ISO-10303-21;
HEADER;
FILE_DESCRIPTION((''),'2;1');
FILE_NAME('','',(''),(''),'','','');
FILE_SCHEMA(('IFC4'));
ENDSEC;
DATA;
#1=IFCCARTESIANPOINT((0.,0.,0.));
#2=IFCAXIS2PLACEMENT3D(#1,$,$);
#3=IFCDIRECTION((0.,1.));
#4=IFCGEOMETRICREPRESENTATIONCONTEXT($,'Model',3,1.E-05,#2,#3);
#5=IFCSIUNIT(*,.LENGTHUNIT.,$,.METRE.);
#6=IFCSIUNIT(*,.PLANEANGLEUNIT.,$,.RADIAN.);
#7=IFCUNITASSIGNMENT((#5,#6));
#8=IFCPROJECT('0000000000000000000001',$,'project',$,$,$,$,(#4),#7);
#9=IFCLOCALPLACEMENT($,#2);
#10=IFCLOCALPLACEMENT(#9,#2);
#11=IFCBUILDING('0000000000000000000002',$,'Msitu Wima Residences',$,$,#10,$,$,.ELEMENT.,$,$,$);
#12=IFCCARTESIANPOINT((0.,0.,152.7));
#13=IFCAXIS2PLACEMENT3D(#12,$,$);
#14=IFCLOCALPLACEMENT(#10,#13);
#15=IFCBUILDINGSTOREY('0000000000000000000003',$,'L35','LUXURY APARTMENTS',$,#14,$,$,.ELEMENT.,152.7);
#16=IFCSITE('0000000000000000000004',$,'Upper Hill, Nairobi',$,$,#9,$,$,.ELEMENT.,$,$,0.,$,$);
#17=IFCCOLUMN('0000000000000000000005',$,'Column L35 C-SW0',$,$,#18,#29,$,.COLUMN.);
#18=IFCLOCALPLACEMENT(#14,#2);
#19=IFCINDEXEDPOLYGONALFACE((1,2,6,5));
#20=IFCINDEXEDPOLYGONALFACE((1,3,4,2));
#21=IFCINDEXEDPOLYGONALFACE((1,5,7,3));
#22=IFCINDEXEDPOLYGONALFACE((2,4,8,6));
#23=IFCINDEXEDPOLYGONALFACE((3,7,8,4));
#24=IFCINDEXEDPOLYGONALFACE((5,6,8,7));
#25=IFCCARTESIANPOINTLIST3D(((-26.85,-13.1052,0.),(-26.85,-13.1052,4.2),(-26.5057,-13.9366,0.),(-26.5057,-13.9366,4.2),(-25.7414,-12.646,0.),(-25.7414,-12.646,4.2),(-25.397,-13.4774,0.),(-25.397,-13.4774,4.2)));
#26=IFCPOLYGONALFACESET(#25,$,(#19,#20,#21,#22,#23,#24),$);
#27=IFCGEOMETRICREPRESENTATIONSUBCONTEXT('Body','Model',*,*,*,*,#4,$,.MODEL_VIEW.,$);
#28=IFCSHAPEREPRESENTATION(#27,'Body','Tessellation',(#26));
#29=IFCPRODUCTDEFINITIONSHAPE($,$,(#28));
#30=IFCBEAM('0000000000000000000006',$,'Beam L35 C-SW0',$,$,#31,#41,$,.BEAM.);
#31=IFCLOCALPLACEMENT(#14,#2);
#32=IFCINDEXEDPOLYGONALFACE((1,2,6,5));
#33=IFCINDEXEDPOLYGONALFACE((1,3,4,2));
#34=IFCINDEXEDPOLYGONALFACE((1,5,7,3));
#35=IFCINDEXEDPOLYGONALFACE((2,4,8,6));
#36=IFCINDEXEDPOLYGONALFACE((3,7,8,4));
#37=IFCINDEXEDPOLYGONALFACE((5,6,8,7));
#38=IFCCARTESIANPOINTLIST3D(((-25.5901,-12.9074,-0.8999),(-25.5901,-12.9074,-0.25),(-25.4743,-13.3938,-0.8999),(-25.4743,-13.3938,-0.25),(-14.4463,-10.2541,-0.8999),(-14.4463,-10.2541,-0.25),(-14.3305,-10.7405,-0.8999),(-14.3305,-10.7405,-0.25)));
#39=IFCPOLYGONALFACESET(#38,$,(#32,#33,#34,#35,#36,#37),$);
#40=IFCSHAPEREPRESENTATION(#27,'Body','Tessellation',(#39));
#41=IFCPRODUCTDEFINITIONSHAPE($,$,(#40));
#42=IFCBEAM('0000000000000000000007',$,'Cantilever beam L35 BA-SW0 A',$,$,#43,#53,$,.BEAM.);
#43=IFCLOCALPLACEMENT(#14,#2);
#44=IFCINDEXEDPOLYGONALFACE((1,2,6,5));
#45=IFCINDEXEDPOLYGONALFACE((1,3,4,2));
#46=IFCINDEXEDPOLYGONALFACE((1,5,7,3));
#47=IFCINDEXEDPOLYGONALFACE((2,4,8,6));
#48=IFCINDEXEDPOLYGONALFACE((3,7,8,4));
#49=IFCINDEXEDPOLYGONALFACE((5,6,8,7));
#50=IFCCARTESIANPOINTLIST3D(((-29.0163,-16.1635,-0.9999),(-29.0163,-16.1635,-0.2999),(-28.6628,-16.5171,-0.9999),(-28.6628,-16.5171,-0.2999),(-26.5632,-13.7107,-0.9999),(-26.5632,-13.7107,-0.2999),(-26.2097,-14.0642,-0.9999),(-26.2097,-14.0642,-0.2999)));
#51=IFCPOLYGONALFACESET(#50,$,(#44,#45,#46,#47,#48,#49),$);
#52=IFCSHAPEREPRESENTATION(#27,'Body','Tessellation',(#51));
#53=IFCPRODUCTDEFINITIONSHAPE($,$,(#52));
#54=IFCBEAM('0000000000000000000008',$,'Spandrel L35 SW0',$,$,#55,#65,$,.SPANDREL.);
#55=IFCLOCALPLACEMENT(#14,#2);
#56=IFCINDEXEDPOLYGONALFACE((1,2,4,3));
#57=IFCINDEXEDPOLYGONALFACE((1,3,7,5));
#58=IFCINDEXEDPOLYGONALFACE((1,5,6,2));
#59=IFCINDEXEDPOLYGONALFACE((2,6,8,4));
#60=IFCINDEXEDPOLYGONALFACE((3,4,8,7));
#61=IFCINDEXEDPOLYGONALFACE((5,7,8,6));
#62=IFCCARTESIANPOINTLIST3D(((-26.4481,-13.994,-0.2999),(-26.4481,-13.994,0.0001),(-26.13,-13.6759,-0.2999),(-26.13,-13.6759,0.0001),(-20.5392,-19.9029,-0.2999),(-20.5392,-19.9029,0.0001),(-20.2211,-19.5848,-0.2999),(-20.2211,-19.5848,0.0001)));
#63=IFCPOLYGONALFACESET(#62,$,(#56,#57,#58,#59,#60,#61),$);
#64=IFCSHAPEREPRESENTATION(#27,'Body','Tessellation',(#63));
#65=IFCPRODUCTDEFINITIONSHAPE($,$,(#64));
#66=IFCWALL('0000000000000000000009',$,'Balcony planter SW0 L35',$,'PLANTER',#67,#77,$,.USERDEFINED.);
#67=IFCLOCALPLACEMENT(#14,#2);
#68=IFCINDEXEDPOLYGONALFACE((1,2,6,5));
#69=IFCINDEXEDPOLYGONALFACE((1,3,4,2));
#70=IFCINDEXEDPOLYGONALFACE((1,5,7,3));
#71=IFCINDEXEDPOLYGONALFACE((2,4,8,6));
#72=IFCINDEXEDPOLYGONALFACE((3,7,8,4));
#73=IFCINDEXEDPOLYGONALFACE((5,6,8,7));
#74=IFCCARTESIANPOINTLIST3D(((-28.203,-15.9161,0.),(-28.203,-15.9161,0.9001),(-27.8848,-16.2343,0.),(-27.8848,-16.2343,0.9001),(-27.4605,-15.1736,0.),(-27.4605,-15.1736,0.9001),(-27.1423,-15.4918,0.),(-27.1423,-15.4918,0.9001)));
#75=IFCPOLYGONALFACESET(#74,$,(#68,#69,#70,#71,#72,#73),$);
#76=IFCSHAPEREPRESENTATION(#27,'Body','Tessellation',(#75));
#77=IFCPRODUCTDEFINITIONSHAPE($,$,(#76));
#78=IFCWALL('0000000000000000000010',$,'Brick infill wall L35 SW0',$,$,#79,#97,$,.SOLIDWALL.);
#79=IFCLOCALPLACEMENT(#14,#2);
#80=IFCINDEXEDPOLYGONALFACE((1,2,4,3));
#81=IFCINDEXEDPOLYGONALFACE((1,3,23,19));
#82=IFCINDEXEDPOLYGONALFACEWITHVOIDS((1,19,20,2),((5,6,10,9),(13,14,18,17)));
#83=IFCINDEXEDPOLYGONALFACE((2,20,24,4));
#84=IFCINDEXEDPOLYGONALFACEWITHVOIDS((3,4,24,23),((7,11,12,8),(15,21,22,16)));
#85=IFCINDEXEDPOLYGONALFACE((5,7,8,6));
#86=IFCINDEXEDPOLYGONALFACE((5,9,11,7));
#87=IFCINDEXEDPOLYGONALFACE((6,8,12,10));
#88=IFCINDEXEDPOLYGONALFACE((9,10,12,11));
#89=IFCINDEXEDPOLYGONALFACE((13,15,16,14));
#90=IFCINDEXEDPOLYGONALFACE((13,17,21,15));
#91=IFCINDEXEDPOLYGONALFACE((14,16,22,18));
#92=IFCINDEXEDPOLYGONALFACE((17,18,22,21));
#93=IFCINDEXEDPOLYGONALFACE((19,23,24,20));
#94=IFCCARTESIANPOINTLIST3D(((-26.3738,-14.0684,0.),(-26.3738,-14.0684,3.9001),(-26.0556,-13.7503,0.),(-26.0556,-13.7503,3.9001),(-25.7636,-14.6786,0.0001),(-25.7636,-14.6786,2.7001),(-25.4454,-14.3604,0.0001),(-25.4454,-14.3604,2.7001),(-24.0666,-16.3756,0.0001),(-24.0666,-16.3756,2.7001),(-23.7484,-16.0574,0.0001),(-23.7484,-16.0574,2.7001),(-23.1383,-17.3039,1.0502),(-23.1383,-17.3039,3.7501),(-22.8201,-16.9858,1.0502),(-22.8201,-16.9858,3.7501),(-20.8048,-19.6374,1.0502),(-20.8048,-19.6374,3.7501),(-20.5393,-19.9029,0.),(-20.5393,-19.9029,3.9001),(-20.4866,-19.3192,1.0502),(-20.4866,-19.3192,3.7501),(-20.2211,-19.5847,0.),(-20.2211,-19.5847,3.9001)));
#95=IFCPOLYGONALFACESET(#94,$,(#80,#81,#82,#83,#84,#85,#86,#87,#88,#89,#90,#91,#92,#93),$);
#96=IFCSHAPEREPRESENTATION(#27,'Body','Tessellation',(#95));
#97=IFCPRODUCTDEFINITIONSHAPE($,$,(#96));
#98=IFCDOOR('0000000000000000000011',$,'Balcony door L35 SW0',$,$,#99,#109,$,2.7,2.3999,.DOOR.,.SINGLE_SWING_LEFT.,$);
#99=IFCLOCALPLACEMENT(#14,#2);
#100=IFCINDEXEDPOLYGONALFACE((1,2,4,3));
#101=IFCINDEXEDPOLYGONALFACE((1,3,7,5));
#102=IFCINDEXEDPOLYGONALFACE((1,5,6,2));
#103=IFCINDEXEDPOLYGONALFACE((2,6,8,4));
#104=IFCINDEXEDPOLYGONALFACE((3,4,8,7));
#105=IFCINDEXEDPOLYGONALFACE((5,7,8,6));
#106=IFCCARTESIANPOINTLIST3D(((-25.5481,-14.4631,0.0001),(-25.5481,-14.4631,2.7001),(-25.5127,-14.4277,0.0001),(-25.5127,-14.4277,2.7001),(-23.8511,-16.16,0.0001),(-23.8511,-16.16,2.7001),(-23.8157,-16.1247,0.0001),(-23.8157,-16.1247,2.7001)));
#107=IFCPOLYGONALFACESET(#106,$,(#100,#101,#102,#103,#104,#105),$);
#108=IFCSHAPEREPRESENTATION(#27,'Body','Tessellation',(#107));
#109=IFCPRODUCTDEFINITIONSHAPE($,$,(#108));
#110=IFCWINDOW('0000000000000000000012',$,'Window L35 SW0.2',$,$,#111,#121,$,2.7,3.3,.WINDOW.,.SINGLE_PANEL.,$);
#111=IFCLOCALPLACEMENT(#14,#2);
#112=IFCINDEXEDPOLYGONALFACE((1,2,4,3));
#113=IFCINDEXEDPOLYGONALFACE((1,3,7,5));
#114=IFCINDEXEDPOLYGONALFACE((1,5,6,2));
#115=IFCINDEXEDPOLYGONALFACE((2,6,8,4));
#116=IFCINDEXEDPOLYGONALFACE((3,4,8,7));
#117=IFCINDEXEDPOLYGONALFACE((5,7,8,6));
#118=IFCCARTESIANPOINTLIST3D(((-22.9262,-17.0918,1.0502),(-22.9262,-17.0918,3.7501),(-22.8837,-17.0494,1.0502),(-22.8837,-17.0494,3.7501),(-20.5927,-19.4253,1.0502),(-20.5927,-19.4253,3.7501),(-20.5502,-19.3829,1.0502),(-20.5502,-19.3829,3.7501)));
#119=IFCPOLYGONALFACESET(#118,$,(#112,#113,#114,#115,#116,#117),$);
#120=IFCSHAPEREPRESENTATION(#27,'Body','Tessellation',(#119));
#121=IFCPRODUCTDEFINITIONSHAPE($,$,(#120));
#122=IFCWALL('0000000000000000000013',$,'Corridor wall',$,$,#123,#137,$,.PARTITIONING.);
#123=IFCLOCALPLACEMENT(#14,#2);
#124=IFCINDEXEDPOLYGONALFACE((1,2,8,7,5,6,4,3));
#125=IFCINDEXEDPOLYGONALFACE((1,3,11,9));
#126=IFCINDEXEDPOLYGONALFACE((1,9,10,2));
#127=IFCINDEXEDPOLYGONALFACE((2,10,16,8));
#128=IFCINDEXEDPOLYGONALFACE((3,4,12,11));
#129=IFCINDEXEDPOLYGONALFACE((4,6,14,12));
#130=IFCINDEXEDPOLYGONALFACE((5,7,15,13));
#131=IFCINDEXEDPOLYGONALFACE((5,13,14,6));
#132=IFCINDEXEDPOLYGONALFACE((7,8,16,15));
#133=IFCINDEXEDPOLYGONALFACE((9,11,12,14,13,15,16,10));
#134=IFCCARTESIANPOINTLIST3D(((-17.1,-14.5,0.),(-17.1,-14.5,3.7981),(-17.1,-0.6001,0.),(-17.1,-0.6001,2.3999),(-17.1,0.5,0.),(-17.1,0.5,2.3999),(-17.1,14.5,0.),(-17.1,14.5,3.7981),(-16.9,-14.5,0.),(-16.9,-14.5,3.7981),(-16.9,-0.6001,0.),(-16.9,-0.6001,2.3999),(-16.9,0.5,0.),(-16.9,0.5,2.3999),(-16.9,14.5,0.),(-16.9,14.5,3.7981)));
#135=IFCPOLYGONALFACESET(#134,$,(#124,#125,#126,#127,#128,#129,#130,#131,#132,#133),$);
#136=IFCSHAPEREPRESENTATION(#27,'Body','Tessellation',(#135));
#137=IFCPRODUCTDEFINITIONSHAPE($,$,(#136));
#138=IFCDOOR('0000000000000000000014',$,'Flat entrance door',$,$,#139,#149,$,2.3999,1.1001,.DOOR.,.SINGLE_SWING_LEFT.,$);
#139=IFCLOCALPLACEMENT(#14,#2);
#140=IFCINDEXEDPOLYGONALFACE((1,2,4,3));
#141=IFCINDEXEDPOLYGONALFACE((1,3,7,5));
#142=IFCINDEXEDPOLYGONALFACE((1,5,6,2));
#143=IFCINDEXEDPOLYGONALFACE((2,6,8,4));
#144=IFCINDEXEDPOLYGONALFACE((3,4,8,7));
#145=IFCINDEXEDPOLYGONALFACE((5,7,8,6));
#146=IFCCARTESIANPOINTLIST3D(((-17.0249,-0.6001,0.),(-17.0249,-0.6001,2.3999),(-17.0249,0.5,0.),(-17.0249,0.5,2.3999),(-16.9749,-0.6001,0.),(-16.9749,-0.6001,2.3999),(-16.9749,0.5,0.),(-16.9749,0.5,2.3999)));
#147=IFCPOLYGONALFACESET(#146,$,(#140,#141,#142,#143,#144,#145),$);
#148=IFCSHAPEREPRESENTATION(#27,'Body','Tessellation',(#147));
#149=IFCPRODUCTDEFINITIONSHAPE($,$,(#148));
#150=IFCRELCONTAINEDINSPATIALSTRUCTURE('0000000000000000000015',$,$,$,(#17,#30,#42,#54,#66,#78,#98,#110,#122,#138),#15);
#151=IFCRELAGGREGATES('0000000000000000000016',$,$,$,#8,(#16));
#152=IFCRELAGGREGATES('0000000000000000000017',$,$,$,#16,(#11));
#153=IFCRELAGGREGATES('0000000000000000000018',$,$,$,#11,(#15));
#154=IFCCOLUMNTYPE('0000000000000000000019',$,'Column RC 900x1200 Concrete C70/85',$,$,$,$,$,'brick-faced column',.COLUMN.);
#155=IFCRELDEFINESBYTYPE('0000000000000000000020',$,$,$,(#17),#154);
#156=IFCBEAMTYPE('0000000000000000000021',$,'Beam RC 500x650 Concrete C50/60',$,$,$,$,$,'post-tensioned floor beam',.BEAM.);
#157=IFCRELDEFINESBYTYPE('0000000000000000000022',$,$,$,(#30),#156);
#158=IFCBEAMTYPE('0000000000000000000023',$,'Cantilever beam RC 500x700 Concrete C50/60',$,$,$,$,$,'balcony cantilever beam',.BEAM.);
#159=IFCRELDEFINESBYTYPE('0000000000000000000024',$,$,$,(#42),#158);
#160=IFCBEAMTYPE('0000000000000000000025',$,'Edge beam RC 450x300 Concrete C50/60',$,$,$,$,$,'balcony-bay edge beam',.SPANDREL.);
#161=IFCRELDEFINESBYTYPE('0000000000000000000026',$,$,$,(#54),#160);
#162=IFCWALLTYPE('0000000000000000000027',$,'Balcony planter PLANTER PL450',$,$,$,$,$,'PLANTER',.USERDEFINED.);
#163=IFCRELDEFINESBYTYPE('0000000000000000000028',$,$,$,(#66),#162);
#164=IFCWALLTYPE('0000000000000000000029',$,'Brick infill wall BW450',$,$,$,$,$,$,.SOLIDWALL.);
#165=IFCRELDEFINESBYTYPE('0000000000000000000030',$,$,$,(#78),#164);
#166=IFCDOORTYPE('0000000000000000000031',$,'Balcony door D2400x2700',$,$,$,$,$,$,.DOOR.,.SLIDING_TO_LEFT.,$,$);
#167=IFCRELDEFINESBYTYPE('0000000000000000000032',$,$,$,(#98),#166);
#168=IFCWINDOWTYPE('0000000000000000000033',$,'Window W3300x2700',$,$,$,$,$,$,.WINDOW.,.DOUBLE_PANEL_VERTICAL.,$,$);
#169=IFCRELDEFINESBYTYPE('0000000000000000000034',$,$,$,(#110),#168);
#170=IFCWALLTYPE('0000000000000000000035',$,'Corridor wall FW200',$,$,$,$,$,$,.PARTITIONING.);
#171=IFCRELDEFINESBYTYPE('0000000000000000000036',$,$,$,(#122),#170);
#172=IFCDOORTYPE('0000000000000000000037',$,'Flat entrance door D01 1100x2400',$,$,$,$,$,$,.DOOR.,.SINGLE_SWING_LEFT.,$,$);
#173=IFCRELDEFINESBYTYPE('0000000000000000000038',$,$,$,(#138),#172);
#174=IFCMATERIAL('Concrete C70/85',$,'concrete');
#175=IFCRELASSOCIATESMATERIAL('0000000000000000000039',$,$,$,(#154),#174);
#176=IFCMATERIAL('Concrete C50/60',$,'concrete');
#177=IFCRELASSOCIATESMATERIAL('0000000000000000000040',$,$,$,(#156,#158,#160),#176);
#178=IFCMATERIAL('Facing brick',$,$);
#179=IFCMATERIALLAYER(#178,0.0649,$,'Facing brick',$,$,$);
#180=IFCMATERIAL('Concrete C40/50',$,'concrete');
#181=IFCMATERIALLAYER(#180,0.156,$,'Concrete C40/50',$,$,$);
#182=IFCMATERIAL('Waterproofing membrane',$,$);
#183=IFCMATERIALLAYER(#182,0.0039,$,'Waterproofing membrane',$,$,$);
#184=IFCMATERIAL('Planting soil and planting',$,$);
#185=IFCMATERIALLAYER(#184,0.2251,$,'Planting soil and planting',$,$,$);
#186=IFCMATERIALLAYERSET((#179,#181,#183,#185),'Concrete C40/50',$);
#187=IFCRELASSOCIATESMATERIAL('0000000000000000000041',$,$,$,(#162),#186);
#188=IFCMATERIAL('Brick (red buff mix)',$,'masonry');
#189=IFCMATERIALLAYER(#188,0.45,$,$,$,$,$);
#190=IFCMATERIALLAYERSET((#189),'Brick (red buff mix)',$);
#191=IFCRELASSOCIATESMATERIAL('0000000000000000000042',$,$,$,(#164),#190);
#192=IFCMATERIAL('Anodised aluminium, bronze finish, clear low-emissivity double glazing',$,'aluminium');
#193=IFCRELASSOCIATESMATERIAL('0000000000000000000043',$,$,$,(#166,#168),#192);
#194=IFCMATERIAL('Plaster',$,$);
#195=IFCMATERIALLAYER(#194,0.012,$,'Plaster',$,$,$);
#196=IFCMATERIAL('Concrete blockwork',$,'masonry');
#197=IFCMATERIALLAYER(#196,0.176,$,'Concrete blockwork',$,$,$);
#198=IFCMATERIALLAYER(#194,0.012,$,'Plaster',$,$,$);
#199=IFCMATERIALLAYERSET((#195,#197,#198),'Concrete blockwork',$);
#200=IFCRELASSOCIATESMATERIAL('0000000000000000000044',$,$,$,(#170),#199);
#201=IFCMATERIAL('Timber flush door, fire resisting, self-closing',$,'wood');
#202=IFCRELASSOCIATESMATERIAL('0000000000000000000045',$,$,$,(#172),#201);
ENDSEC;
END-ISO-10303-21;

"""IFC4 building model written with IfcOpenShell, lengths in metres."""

from ifc_helpers import new_model, si_unit, direction, frame, frame_2d, origin, origin_2d, place, context, subcontext, project, spatial, rectangle, extrude, material, layer, layer_set, material_profile, profile_set, type_object, element, fill, save


model = new_model("IFC4")

# Units and contexts
model_context = context("Model", 3, precision=1e-05, world=origin(), true_north=direction((0.0, 1.0)))
body_context = subcontext(model_context, "Body", "Model", "MODEL_VIEW")
ifc_project = project(units=[si_unit("LENGTHUNIT", "METRE"), si_unit("PLANEANGLEUNIT", "RADIAN")], contexts=[model_context])

# Site, building, storey
site_placement = place(None, origin())
site = spatial("IfcSite", under=ifc_project, at=site_placement, Name="Upper Hill, Nairobi", CompositionType="ELEMENT", RefElevation=0.0)
building_placement = place(site_placement, origin())
building = spatial("IfcBuilding", under=site, at=building_placement, Name="Msitu Wima Residences", CompositionType="ELEMENT")
storey_placement = place(building_placement, frame((0.0, 0.0, 152.7)))
storey = spatial("IfcBuildingStorey", under=building, at=storey_placement, Name="L35", Description="LUXURY APARTMENTS", CompositionType="ELEMENT", Elevation=152.7)

# Column
ifc_material_1 = material(Name="Concrete C70/85", Category="concrete")
ifc_material_profile_1 = material_profile(ifc_material_1, rectangle(XDim=0.8999, YDim=1.2, at=origin_2d()), Name="RC 900x1200")
ifc_profile_set_1 = profile_set([ifc_material_profile_1], Name="Concrete C70/85")
column_type = type_object("IfcColumnType", Name="Column RC 900x1200 Concrete C70/85", ElementType="brick-faced column", PredefinedType="COLUMN", material=ifc_profile_set_1)
column_placement = place(storey_placement, frame((-26.1235, -13.2913, 0.0), z_axis=(0.0, 0.0, 1.0), x_axis=(0.382683, -0.92388, 0.0)))
element("IfcColumn", 1, at=column_placement, inside=storey, type_object=column_type, Name="Column L35 C-SW0", PredefinedType="COLUMN", context=body_context, shape_type="SweptSolid", body=[
    extrude(rectangle(XDim=0.8999, YDim=1.2, at=origin_2d()), origin(), (0.0, 0.0, 1.0), 4.2),
])

# Beams
ifc_material_2 = material(Name="Concrete C50/60", Category="concrete")
ifc_material_profile_2 = material_profile(ifc_material_2, rectangle(XDim=0.5, YDim=0.6499, at=origin_2d()), Name="RC 500x650")
ifc_profile_set_2 = profile_set([ifc_material_profile_2], Name="Concrete C50/60")
beam_type_1 = type_object("IfcBeamType", Name="Beam RC 500x650 Concrete C50/60", ElementType="post-tensioned floor beam", PredefinedType="BEAM", material=ifc_profile_set_2)
beam_1_placement = place(storey_placement, frame((-25.5322, -13.1506, -0.575), z_axis=(0.972806, 0.231623, 0.0), x_axis=(-0.231623, 0.972806, 0.0)))
element("IfcBeam", 2, at=beam_1_placement, inside=storey, type_object=beam_type_1, Name="Beam L35 C-SW0", PredefinedType="BEAM", context=body_context, shape_type="SweptSolid", body=[
    extrude(rectangle(XDim=0.5, YDim=0.6499, at=origin_2d()), origin(), (0.0, 0.0, 1.0), 11.4553),
])
ifc_material_profile_3 = material_profile(ifc_material_2, rectangle(XDim=0.5, YDim=0.7, at=origin_2d()), Name="RC 500x700")
ifc_profile_set_3 = profile_set([ifc_material_profile_3], Name="Concrete C50/60")
beam_type_2 = type_object("IfcBeamType", Name="Cantilever beam RC 500x700 Concrete C50/60", ElementType="balcony cantilever beam", PredefinedType="BEAM", material=ifc_profile_set_3)
beam_2_placement = place(storey_placement, frame((-26.3865, -13.8875, -0.6499), z_axis=(-0.707142, -0.707072, 0.0), x_axis=(0.707072, -0.707142, 0.0)))
element("IfcBeam", 3, at=beam_2_placement, inside=storey, type_object=beam_type_2, Name="Cantilever beam L35 BA-SW0 A", PredefinedType="BEAM", context=body_context, shape_type="SweptSolid", body=[
    extrude(rectangle(XDim=0.5, YDim=0.7, at=origin_2d()), origin(), (0.0, 0.0, 1.0), 3.469),
])
ifc_material_profile_4 = material_profile(ifc_material_2, rectangle(XDim=0.45, YDim=0.3, at=origin_2d()), Name="RC 450x300")
ifc_profile_set_4 = profile_set([ifc_material_profile_4], Name="Concrete C50/60")
beam_type_3 = type_object("IfcBeamType", Name="Edge beam RC 450x300 Concrete C50/60", ElementType="balcony-bay edge beam", PredefinedType="SPANDREL", material=ifc_profile_set_4)
beam_3_placement = place(storey_placement, frame((-26.2891, -13.835, -0.1499), z_axis=(0.707107, -0.707107, 0.0), x_axis=(0.707107, 0.707107, 0.0)))
element("IfcBeam", 4, at=beam_3_placement, inside=storey, type_object=beam_type_3, Name="Spandrel L35 SW0", PredefinedType="SPANDREL", context=body_context, shape_type="SweptSolid", body=[
    extrude(rectangle(XDim=0.45, YDim=0.3, at=origin_2d()), origin(), (0.0, 0.0, 1.0), 8.3564),
])

# Wall
ifc_material_3 = material(Name="Facing brick")
ifc_layer_1 = layer(ifc_material_3, 0.0649, Name="Facing brick")
ifc_material_4 = material(Name="Concrete C40/50", Category="concrete")
ifc_layer_2 = layer(ifc_material_4, 0.156, Name="Concrete C40/50")
ifc_material_5 = material(Name="Waterproofing membrane")
ifc_layer_3 = layer(ifc_material_5, 0.0039, Name="Waterproofing membrane")
ifc_material_6 = material(Name="Planting soil and planting")
ifc_layer_4 = layer(ifc_material_6, 0.2251, Name="Planting soil and planting")
ifc_layer_set_1 = layer_set([ifc_layer_1, ifc_layer_2, ifc_layer_3, ifc_layer_4], Name="Concrete C40/50")
wall_type_1 = type_object("IfcWallType", Name="Balcony planter PLANTER PL450", ElementType="PLANTER", PredefinedType="USERDEFINED", material=ifc_layer_set_1)
wall_1_placement = place(storey_placement, frame((-27.3015, -15.3328, 0.0), z_axis=(0.0, 0.0, 1.0), x_axis=(-0.707107, -0.707107, 0.0)))
element("IfcWall", 5, at=wall_1_placement, inside=storey, type_object=wall_type_1, Name="Balcony planter SW0 L35", ObjectType="PLANTER", PredefinedType="USERDEFINED", context=body_context, shape_type="SweptSolid", body=[
    extrude(rectangle(XDim=1.05, YDim=0.45, at=frame_2d((0.5249, 0.0))), origin(), (0.0, 0.0, 1.0), 0.9001),
])

# Wall, openings, door, window
ifc_material_7 = material(Name="Brick (red buff mix)", Category="masonry")
ifc_layer_5 = layer(ifc_material_7, 0.45)
ifc_layer_set_2 = layer_set([ifc_layer_5], Name="Brick (red buff mix)")
wall_type_2 = type_object("IfcWallType", Name="Brick infill wall BW450", PredefinedType="SOLIDWALL", material=ifc_layer_set_2)
wall_2_placement = place(storey_placement, frame((-26.2146, -13.9094, 0.0), z_axis=(0.0, 0.0, 1.0), x_axis=(0.707107, -0.707107, 0.0)))
wall_2 = element("IfcWall", 6, at=wall_2_placement, inside=storey, type_object=wall_type_2, Name="Brick infill wall L35 SW0", PredefinedType="SOLIDWALL", context=body_context, shape_type="SweptSolid", body=[
    extrude(rectangle(XDim=8.2512, YDim=0.45, at=frame_2d((4.1255, 0.0))), origin(), (0.0, 0.0, 1.0), 3.9001),
])
opening_1_placement = place(wall_2_placement, frame((0.8628, 0.0, 0.0)))
opening_1 = element("IfcOpeningElement", 7, at=opening_1_placement, cuts=wall_2, PredefinedType="OPENING", context=body_context, shape_type="SweptSolid", body=[
    extrude(rectangle(XDim=2.3999, YDim=2.7, at=frame_2d((1.2, 1.3501))), frame((0.0, 0.2349, 0.0), z_axis=(0.0, -1.0, 0.0), x_axis=(1.0, 0.0, 0.0)), (0.0, 0.0, 1.0), 0.47),
])
opening_2_placement = place(wall_2_placement, frame((4.5757, 0.0, 1.05)))
opening_2 = element("IfcOpeningElement", 8, at=opening_2_placement, cuts=wall_2, PredefinedType="OPENING", context=body_context, shape_type="SweptSolid", body=[
    extrude(rectangle(XDim=3.3, YDim=2.7, at=frame_2d((1.6499, 1.3501))), frame((0.0, 0.2349, 0.0), z_axis=(0.0, -1.0, 0.0), x_axis=(1.0, 0.0, 0.0)), (0.0, 0.0, 1.0), 0.47),
])
ifc_material_8 = material(Name="Anodised aluminium, bronze finish, clear low-emissivity double glazing", Category="aluminium")
door_type_1 = type_object("IfcDoorType", Name="Balcony door D2400x2700", OperationType="SLIDING_TO_LEFT", PredefinedType="DOOR", material=ifc_material_8)
door_1_placement = place(opening_1_placement, origin())
door_1 = element("IfcDoor", 9, at=door_1_placement, inside=storey, type_object=door_type_1, Name="Balcony door L35 SW0", OperationType="SINGLE_SWING_LEFT", OverallHeight=2.7, OverallWidth=2.3999, PredefinedType="DOOR", context=body_context, shape_type="SweptSolid", body=[
    extrude(rectangle(XDim=2.3999, YDim=2.7, at=frame_2d((1.2, 1.3501))), frame((0.0, 0.1299, 0.0), z_axis=(0.0, -1.0, 0.0), x_axis=(1.0, 0.0, 0.0)), (0.0, 0.0, 1.0), 0.05),
])
fill(opening_1, door_1)
window_type = type_object("IfcWindowType", Name="Window W3300x2700", PartitioningType="DOUBLE_PANEL_VERTICAL", PredefinedType="WINDOW", material=ifc_material_8)
window_placement = place(opening_2_placement, origin())
window = element("IfcWindow", 10, at=window_placement, inside=storey, type_object=window_type, Name="Window L35 SW0.2", OverallHeight=2.7, OverallWidth=3.3, PartitioningType="SINGLE_PANEL", PredefinedType="WINDOW", context=body_context, shape_type="SweptSolid", body=[
    extrude(rectangle(XDim=3.3, YDim=2.7, at=frame_2d((1.6499, 1.3501))), frame((0.0, 0.135, 0.0), z_axis=(0.0, -1.0, 0.0), x_axis=(1.0, 0.0, 0.0)), (0.0, 0.0, 1.0), 0.0601),
])
fill(opening_2, window)

# Wall, opening, door
ifc_material_9 = material(Name="Plaster")
ifc_layer_6 = layer(ifc_material_9, 0.012, Name="Plaster")
ifc_material_10 = material(Name="Concrete blockwork", Category="masonry")
ifc_layer_7 = layer(ifc_material_10, 0.176, Name="Concrete blockwork")
ifc_layer_8 = layer(ifc_material_9, 0.012, Name="Plaster")
ifc_layer_set_3 = layer_set([ifc_layer_6, ifc_layer_7, ifc_layer_8], Name="Concrete blockwork")
wall_type_3 = type_object("IfcWallType", Name="Corridor wall FW200", PredefinedType="PARTITIONING", material=ifc_layer_set_3)
wall_3_placement = place(storey_placement, frame((-17.0, -14.5, 0.0), z_axis=(0.0, 0.0, 1.0), x_axis=(0.0, 1.0, 0.0)))
wall_3 = element("IfcWall", 11, at=wall_3_placement, inside=storey, type_object=wall_type_3, Name="Corridor wall", PredefinedType="PARTITIONING", context=body_context, shape_type="SweptSolid", body=[
    extrude(rectangle(XDim=29.0, YDim=0.2, at=frame_2d((14.5, 0.0))), origin(), (0.0, 0.0, 1.0), 3.7981),
])
opening_3_placement = place(wall_3_placement, frame((13.8999, 0.0, 0.0)))
opening_3 = element("IfcOpeningElement", 12, at=opening_3_placement, cuts=wall_3, PredefinedType="OPENING", context=body_context, shape_type="SweptSolid", body=[
    extrude(rectangle(XDim=1.1001, YDim=2.3999, at=frame_2d((0.55, 1.2))), frame((0.0, 0.1099, 0.0), z_axis=(0.0, -1.0, 0.0), x_axis=(1.0, 0.0, 0.0)), (0.0, 0.0, 1.0), 0.22),
])
ifc_material_11 = material(Name="Timber flush door, fire resisting, self-closing", Category="wood")
door_type_2 = type_object("IfcDoorType", Name="Flat entrance door D01 1100x2400", OperationType="SINGLE_SWING_LEFT", PredefinedType="DOOR", material=ifc_material_11)
door_2_placement = place(opening_3_placement, origin())
door_2 = element("IfcDoor", 13, at=door_2_placement, inside=storey, type_object=door_type_2, Name="Flat entrance door", OperationType="SINGLE_SWING_LEFT", OverallHeight=2.3999, OverallWidth=1.1001, PredefinedType="DOOR", context=body_context, shape_type="SweptSolid", body=[
    extrude(rectangle(XDim=1.1001, YDim=2.3999, at=frame_2d((0.55, 1.2))), frame((0.0, 0.0249, 0.0), z_axis=(0.0, -1.0, 0.0), x_axis=(1.0, 0.0, 0.0)), (0.0, 0.0, 1.0), 0.05),
])
fill(opening_3, door_2)

save(model, "model.ifc")
